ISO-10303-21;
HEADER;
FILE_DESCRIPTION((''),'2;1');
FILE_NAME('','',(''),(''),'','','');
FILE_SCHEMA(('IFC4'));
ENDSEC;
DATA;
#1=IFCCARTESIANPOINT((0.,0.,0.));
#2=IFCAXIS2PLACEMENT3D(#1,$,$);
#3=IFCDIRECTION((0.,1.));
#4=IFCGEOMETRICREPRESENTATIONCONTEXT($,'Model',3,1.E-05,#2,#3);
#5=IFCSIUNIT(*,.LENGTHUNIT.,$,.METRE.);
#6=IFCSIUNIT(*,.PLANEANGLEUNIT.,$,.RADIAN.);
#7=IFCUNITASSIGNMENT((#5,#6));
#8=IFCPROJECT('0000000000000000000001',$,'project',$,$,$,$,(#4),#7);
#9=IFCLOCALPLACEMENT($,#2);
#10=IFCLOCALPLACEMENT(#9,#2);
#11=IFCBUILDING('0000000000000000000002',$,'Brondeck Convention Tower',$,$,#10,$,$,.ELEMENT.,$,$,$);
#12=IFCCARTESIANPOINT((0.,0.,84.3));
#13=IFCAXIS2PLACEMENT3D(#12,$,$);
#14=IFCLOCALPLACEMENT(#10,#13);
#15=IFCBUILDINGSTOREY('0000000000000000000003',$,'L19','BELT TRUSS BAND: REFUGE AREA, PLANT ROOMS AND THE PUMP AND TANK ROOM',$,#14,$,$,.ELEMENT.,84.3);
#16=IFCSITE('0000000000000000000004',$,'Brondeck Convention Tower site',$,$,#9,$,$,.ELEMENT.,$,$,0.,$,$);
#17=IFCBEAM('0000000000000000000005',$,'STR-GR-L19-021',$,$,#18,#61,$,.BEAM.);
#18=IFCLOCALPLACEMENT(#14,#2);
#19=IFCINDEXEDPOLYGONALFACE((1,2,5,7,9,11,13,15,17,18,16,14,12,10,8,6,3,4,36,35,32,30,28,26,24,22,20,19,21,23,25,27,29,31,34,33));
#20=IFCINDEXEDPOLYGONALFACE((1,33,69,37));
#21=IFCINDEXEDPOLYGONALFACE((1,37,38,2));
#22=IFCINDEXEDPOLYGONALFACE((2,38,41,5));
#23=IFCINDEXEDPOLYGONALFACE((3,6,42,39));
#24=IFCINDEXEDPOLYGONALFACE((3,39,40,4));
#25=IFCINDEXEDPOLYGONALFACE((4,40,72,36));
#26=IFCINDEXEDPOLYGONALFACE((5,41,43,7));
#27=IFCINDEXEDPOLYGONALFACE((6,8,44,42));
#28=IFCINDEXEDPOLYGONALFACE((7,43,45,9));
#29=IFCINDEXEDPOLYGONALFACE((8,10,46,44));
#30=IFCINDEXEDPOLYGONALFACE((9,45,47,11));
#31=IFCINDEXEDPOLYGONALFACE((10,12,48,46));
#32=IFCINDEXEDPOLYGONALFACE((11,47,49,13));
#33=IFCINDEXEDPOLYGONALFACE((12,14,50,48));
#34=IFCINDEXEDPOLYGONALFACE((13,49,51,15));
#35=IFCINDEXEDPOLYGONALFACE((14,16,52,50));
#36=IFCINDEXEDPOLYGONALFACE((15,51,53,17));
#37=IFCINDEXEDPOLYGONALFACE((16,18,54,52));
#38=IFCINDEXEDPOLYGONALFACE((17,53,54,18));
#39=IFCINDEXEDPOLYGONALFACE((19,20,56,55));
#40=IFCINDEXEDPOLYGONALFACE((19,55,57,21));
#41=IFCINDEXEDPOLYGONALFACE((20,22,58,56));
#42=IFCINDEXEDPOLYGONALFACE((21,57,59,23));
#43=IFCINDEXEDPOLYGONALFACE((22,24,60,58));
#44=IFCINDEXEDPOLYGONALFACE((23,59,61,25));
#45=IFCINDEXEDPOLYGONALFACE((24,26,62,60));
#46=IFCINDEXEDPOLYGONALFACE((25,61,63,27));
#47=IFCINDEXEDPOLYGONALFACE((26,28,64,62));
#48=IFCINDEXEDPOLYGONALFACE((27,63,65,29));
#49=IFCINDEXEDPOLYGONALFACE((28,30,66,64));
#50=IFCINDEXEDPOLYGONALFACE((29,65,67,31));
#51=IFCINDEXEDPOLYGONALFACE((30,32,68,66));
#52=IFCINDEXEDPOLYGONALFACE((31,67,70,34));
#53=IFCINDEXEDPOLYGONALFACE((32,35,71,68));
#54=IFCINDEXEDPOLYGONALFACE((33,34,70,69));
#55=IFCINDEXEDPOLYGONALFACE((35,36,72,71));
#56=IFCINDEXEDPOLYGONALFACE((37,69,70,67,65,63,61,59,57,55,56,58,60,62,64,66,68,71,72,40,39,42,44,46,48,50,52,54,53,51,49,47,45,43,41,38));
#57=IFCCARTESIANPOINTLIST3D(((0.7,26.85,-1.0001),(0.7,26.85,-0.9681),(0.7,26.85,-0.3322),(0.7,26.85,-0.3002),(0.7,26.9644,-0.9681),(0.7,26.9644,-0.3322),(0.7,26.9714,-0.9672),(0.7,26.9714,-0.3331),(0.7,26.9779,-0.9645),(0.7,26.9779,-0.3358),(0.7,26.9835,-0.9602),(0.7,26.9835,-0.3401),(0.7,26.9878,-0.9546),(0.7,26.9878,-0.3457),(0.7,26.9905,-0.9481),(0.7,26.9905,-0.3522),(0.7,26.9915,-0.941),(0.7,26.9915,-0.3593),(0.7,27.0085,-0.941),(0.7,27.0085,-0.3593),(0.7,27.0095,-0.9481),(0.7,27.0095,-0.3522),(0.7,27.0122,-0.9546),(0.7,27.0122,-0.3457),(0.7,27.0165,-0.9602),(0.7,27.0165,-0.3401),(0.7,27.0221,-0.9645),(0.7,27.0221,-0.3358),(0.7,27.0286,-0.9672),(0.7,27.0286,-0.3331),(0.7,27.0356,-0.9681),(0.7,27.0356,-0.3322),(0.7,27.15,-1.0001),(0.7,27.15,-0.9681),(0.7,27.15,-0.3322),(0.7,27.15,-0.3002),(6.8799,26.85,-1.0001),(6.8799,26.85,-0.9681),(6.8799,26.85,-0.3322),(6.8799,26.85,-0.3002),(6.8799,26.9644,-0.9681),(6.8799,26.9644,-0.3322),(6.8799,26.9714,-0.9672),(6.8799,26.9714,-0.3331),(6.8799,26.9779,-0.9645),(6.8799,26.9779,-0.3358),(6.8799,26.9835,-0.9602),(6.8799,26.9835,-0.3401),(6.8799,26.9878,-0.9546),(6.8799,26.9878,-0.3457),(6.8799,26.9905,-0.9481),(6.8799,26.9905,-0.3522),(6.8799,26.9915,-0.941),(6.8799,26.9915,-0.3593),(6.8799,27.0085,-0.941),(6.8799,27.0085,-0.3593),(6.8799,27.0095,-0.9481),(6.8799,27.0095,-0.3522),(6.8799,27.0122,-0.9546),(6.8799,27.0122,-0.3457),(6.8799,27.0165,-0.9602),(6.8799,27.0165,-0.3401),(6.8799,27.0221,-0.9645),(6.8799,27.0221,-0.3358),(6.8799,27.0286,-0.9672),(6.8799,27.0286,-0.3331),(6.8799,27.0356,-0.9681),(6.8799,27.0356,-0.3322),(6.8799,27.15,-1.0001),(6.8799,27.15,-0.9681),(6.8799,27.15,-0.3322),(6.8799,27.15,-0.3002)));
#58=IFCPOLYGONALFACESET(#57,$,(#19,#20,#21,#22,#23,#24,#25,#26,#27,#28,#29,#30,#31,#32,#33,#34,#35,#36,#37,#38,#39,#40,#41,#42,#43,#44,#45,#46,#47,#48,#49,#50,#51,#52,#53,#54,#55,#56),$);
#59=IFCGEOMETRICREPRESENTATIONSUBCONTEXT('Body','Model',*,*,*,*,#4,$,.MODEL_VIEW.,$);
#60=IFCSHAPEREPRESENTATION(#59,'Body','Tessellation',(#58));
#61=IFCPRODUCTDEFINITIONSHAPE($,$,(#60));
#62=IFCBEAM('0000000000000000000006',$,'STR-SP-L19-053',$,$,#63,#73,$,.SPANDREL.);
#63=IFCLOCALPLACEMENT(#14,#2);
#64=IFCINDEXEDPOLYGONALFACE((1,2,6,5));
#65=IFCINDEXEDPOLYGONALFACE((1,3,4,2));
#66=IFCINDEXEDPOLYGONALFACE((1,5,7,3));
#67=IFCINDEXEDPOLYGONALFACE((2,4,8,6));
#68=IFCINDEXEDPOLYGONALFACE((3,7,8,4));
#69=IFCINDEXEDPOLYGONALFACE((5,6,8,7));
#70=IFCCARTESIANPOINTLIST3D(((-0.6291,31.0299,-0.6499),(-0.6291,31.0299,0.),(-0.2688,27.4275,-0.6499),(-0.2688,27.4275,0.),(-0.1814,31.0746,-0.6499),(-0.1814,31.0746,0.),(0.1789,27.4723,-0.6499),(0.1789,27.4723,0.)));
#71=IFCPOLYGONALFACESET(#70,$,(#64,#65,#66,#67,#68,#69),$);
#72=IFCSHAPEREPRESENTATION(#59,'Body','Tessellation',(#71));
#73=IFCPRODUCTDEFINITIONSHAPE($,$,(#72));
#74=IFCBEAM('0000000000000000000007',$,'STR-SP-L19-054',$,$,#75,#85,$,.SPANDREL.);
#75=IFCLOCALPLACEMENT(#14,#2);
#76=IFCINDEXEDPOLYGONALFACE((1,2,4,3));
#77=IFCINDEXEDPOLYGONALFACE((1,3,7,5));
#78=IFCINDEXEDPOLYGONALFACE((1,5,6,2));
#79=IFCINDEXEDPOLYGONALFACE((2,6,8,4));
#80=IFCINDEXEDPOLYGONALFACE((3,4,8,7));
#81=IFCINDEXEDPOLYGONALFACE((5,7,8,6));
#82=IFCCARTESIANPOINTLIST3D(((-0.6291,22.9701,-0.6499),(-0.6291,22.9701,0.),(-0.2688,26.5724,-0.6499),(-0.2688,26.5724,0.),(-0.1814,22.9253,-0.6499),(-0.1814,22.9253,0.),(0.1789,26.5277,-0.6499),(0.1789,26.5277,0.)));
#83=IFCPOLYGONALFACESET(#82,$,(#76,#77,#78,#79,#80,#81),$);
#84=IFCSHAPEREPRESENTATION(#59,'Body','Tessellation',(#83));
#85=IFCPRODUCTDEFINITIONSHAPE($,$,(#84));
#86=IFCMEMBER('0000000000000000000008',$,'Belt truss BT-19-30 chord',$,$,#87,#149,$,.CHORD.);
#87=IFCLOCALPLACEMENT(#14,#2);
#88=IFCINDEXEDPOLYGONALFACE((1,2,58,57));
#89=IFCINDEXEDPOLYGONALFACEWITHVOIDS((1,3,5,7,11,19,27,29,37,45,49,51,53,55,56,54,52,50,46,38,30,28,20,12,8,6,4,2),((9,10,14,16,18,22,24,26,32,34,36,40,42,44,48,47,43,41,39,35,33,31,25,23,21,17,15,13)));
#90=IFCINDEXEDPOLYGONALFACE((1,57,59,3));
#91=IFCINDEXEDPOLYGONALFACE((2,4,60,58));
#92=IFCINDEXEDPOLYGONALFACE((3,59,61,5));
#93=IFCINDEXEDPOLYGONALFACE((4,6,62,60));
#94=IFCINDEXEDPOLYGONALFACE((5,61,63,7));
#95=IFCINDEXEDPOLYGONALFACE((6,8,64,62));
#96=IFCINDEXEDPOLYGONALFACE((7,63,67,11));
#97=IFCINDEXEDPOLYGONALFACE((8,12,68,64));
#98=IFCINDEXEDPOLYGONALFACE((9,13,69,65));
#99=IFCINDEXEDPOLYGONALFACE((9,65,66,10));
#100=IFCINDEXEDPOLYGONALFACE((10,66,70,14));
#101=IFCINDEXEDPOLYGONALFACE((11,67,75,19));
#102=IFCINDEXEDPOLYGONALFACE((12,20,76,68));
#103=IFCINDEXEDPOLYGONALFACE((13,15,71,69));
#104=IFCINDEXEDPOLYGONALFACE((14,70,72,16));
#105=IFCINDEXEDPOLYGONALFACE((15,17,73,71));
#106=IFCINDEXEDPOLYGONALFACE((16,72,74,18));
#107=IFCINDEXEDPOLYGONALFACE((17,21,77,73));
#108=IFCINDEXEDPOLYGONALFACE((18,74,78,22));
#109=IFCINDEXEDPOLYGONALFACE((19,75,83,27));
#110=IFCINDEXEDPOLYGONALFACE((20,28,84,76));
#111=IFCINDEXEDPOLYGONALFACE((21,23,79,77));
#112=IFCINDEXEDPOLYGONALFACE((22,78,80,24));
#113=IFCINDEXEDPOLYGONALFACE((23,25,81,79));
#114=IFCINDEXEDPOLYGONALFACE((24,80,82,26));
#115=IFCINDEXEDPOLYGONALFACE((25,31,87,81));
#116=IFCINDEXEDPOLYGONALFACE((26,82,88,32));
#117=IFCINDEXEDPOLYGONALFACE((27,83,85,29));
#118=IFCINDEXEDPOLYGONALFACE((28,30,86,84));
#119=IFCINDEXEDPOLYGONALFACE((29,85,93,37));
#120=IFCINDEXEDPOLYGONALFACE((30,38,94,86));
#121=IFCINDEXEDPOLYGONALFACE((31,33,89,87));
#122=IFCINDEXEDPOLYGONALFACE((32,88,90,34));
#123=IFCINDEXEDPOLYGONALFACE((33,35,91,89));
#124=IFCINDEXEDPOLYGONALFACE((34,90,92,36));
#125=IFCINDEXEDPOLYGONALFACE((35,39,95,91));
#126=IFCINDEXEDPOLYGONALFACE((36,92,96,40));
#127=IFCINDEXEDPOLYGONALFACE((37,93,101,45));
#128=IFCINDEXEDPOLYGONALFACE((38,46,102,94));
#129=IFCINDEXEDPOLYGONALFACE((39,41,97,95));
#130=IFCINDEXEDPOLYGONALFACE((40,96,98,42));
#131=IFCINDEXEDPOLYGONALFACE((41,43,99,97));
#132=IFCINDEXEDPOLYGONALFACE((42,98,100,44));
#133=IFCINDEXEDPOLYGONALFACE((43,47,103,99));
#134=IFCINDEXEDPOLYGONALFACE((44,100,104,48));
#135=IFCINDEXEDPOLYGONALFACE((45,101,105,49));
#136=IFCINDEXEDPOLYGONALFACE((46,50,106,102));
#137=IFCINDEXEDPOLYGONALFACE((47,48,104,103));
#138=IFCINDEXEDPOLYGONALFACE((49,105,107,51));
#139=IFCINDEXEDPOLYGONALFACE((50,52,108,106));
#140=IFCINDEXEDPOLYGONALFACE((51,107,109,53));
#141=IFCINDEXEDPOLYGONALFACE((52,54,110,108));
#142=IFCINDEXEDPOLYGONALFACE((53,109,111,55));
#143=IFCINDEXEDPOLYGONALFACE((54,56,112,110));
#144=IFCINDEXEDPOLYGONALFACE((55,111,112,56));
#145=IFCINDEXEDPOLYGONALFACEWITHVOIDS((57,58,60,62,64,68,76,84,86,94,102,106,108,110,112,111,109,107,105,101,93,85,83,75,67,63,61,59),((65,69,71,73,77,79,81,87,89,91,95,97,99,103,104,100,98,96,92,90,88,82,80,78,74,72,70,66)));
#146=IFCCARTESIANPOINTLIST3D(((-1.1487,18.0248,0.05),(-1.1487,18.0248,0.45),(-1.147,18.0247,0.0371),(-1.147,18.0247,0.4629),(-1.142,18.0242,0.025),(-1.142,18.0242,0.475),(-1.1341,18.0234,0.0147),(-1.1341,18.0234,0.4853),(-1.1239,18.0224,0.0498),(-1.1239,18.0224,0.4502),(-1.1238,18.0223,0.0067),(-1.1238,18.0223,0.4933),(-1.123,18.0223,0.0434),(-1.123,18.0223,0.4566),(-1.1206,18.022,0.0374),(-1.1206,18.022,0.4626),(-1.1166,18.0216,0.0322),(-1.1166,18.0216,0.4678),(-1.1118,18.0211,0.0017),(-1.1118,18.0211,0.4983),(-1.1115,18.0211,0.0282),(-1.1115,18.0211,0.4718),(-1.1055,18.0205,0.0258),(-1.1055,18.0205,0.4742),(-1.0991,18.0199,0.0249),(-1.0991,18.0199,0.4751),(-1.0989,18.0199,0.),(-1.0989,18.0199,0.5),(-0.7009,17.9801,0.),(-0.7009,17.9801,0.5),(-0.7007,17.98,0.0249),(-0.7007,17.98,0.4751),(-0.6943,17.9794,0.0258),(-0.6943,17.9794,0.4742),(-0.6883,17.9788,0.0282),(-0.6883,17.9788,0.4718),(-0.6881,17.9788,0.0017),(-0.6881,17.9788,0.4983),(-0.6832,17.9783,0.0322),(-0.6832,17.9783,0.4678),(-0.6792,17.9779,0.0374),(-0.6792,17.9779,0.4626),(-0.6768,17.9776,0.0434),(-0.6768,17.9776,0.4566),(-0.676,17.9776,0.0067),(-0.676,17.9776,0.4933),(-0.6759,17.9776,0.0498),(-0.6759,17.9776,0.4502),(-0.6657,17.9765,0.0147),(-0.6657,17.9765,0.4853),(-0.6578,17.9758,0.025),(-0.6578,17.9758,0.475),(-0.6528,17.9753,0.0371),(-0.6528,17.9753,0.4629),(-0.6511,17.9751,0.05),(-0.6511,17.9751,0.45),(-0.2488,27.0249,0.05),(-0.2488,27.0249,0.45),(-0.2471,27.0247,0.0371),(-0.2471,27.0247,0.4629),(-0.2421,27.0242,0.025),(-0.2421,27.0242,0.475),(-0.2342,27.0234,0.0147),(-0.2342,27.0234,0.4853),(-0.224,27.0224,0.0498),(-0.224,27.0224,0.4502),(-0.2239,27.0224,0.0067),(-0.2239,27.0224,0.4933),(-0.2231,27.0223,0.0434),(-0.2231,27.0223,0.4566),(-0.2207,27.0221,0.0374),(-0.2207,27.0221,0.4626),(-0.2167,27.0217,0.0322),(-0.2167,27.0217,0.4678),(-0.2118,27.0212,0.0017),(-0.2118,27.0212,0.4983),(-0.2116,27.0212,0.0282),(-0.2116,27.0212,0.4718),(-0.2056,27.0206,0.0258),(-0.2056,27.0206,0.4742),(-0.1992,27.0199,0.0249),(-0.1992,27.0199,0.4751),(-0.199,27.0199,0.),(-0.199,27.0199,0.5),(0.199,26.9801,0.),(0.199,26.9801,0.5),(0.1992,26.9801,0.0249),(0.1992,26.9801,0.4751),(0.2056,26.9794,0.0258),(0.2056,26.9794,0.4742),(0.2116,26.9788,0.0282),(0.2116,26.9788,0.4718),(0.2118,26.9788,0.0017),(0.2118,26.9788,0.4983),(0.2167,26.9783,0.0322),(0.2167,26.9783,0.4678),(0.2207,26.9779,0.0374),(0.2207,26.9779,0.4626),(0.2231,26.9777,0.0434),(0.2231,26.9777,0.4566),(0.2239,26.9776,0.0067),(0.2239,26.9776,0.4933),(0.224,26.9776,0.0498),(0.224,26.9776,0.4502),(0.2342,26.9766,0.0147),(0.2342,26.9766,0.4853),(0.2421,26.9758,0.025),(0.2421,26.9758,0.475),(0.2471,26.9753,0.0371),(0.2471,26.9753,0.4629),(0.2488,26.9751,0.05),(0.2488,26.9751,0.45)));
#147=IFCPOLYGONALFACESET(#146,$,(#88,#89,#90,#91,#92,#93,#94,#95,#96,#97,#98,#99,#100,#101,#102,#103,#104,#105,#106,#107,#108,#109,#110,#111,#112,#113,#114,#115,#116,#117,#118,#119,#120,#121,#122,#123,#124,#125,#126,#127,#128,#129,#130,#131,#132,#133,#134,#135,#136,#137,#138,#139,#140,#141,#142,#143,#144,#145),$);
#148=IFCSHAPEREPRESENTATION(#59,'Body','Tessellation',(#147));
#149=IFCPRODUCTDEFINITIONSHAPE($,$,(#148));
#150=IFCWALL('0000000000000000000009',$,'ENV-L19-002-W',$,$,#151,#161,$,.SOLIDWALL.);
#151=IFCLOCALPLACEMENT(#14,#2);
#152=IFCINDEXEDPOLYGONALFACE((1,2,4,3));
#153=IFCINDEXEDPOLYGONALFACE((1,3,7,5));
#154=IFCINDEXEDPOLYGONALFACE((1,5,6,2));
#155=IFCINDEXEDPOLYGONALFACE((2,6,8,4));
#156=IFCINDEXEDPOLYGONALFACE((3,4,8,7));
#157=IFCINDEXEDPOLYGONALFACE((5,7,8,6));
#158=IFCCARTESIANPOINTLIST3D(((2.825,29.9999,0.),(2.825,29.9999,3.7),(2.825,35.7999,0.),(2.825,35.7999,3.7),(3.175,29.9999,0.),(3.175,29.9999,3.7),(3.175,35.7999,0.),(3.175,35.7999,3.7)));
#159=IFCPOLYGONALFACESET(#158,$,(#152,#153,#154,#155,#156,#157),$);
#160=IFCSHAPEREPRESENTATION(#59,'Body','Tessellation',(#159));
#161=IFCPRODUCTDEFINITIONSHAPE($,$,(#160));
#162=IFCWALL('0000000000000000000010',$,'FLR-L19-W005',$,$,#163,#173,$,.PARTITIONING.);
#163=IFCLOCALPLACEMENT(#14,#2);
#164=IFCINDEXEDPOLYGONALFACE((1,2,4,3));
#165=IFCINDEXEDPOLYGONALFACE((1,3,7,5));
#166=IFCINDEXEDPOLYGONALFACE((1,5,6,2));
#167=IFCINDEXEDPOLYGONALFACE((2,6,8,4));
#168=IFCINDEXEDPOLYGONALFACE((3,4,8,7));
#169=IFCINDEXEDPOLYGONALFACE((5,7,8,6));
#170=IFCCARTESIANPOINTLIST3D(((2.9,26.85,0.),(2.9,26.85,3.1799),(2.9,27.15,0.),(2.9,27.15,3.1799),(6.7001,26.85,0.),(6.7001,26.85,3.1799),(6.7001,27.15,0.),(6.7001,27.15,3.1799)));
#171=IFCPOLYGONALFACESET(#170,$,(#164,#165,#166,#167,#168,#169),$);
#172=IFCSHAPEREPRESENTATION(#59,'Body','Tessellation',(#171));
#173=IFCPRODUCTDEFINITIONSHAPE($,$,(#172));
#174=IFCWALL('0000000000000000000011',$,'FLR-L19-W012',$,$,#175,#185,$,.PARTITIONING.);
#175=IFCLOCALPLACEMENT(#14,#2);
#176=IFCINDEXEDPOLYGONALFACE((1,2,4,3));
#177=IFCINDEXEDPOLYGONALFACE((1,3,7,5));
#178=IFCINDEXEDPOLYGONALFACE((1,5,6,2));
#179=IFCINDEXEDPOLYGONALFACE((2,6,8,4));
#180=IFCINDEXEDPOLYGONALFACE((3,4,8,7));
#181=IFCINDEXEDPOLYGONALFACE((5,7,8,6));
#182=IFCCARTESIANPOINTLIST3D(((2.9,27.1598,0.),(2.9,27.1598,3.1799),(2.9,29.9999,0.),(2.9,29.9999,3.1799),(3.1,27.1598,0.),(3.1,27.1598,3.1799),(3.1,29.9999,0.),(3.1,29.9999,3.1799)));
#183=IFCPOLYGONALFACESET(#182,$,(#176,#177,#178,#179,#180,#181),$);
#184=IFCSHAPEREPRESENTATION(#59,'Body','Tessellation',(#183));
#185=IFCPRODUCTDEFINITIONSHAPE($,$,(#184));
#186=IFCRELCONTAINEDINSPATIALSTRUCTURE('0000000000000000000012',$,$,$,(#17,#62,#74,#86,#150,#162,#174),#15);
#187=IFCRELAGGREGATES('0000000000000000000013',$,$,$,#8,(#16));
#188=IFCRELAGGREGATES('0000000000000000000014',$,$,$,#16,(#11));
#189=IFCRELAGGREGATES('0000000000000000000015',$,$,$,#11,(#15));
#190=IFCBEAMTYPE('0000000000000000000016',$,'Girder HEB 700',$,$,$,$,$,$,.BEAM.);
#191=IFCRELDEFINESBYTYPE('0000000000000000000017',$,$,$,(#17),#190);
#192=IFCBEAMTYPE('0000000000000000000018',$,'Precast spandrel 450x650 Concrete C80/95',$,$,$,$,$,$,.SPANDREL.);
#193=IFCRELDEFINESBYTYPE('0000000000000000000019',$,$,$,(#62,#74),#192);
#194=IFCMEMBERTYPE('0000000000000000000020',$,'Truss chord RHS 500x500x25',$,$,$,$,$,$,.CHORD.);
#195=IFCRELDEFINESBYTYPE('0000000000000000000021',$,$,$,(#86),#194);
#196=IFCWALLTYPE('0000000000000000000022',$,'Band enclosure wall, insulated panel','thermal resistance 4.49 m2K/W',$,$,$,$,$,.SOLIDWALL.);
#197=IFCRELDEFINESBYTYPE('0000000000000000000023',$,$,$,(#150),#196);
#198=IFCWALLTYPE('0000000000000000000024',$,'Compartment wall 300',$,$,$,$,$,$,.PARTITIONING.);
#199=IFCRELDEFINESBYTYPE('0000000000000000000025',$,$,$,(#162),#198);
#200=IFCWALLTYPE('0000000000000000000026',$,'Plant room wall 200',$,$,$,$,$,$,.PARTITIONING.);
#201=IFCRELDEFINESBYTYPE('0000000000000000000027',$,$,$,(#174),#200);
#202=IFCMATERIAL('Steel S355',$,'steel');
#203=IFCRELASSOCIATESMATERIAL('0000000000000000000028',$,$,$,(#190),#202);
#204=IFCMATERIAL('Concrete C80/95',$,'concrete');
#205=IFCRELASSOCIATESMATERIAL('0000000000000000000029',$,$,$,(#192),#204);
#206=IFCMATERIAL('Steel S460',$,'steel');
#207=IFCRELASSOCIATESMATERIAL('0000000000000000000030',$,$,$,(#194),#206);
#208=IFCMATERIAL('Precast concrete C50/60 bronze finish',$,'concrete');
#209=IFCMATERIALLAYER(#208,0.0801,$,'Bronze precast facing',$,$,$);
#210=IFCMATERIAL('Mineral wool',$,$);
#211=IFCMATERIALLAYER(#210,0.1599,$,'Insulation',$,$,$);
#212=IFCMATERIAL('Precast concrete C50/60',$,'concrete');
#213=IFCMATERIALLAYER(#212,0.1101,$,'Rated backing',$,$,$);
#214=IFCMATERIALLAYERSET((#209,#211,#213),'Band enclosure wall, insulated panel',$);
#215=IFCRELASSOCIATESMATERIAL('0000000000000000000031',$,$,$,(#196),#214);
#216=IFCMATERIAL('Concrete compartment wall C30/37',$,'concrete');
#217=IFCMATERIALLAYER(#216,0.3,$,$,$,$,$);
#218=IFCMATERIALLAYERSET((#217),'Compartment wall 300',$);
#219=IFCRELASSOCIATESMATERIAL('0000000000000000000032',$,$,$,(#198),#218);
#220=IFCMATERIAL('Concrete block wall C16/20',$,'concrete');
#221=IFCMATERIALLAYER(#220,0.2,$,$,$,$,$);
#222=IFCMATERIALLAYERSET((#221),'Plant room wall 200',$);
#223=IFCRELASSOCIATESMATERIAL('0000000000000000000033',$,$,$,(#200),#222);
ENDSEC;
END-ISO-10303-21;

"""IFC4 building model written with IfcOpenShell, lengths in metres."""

from ifc_helpers import new_model, si_unit, direction, frame, frame_2d, origin, origin_2d, place, context, subcontext, project, spatial, rectangle, hollow_rectangle, i_section, extrude, material, layer, layer_set, material_profile, profile_set, type_object, element, save


model = new_model("IFC4")

# Units and contexts
model_context = context("Model", 3, precision=1e-05, world=origin(), true_north=direction((0.0, 1.0)))
body_context = subcontext(model_context, "Body", "Model", "MODEL_VIEW")
ifc_project = project(units=[si_unit("LENGTHUNIT", "METRE"), si_unit("PLANEANGLEUNIT", "RADIAN")], contexts=[model_context])

# Site, building, storey
site_placement = place(None, origin())
site = spatial("IfcSite", under=ifc_project, at=site_placement, Name="Brondeck Convention Tower site", CompositionType="ELEMENT", RefElevation=0.0)
building_placement = place(site_placement, origin())
building = spatial("IfcBuilding", under=site, at=building_placement, Name="Brondeck Convention Tower", CompositionType="ELEMENT")
storey_placement = place(building_placement, frame((0.0, 0.0, 84.3)))
storey = spatial("IfcBuildingStorey", under=building, at=storey_placement, Name="L19", Description="BELT TRUSS BAND: REFUGE AREA, PLANT ROOMS AND THE PUMP AND TANK ROOM", CompositionType="ELEMENT", Elevation=84.3)

# Shared definitions
ifc_material_1 = material(Name="Concrete C80/95", Category="concrete")

# Shared definitions
ifc_material_2 = material(Name="Steel S460", Category="steel")

# Beams
ifc_material_3 = material(Name="Steel S355", Category="steel")
ifc_material_profile_1 = material_profile(ifc_material_3, i_section(OverallWidth=0.3, OverallDepth=0.7, WebThickness=0.0171, FlangeThickness=0.032, FilletRadius=0.0271, at=origin_2d()), Name="HEB 700")
ifc_profile_set_1 = profile_set([ifc_material_profile_1], Name="Steel S355")
beam_type_1 = type_object("IfcBeamType", Name="Girder HEB 700", PredefinedType="BEAM", material=ifc_profile_set_1)
beam_placement = place(storey_placement, frame((0.7, 27.0, -0.6501), z_axis=(1.0, 0.0, 0.0), x_axis=(0.0, 1.0, 0.0)))
element("IfcBeam", 1, at=beam_placement, inside=storey, type_object=beam_type_1, Name="STR-GR-L19-021", PredefinedType="BEAM", context=body_context, shape_type="SweptSolid", body=[
    extrude(i_section(OverallWidth=0.3, OverallDepth=0.7, WebThickness=0.0171, FlangeThickness=0.032, FilletRadius=0.0271, at=origin_2d()), origin(), (0.0, 0.0, 1.0), 6.1799),
])
ifc_material_profile_2 = material_profile(ifc_material_1, rectangle(XDim=0.45, YDim=0.6499, at=origin_2d()), Name="Precast spandrel 450x650 Concrete C80/95")
ifc_profile_set_2 = profile_set([ifc_material_profile_2], Name="Concrete C80/95")
beam_type_2 = type_object("IfcBeamType", Name="Precast spandrel 450x650 Concrete C80/95", PredefinedType="SPANDREL", material=ifc_profile_set_2)
for number, where, z_axis, x_axis, name in (
    (2, (-0.4053, 31.0522, -0.325), (0.099537, -0.995034, 0.0), (0.995034, 0.099537, 0.0), "STR-SP-L19-053"),
    (3, (-0.0449, 26.55, -0.325), (-0.099537, -0.995034, 0.0), (0.995034, -0.099537, 0.0), "STR-SP-L19-054"),
):
    element("IfcBeam", number, at=place(storey_placement, frame(where, z_axis=z_axis, x_axis=x_axis)), inside=storey, type_object=beam_type_2, Name=name, PredefinedType="SPANDREL", context=body_context, shape_type="SweptSolid", body=[
        extrude(rectangle(XDim=0.45, YDim=0.6499, at=origin_2d()), origin(), (0.0, 0.0, 1.0), 3.6204),
    ])

# Member
ifc_material_profile_3 = material_profile(ifc_material_2, hollow_rectangle(XDim=0.5, YDim=0.5, WallThickness=0.0249, InnerFilletRadius=0.0249, OuterFilletRadius=0.05, at=origin_2d()), Name="RHS 500x500x25")
ifc_profile_set_3 = profile_set([ifc_material_profile_3], Name="Steel S460")
member_type_1 = type_object("IfcMemberType", Name="Truss chord RHS 500x500x25", PredefinedType="CHORD", material=ifc_profile_set_3)
member_placement = place(storey_placement, frame((0.0, 27.0, 0.25), z_axis=(-0.099493, -0.995038, 0.0), x_axis=(0.995038, -0.099493, 0.0)))
element("IfcMember", 4, at=member_placement, inside=storey, type_object=member_type_1, Name="Belt truss BT-19-30 chord", PredefinedType="CHORD", context=body_context, shape_type="SweptSolid", body=[
    extrude(hollow_rectangle(XDim=0.5, YDim=0.5, WallThickness=0.0249, InnerFilletRadius=0.0249, OuterFilletRadius=0.05, at=origin_2d()), origin(), (0.0, 0.0, 1.0), 9.0449),
])

# Walls
ifc_material_4 = material(Name="Precast concrete C50/60 bronze finish", Category="concrete")
ifc_layer_1 = layer(ifc_material_4, 0.0801, Name="Bronze precast facing")
ifc_material_5 = material(Name="Mineral wool")
ifc_layer_2 = layer(ifc_material_5, 0.1599, Name="Insulation")
ifc_material_6 = material(Name="Precast concrete C50/60", Category="concrete")
ifc_layer_3 = layer(ifc_material_6, 0.1101, Name="Rated backing")
ifc_layer_set_1 = layer_set([ifc_layer_1, ifc_layer_2, ifc_layer_3], Name="Band enclosure wall, insulated panel")
wall_type_1 = type_object("IfcWallType", Name="Band enclosure wall, insulated panel", Description="thermal resistance 4.49 m2K/W", PredefinedType="SOLIDWALL", material=ifc_layer_set_1)
wall_1_placement = place(storey_placement, frame((3.0, 30.0, 0.0), z_axis=(0.0, 0.0, 1.0), x_axis=(0.0, 1.0, 0.0)))
element("IfcWall", 5, at=wall_1_placement, inside=storey, type_object=wall_type_1, Name="ENV-L19-002-W", PredefinedType="SOLIDWALL", context=body_context, shape_type="SweptSolid", body=[
    extrude(rectangle(XDim=5.8, YDim=0.3501, at=frame_2d((2.8999, 0.0))), origin(), (0.0, 0.0, 1.0), 3.7),
])
ifc_material_7 = material(Name="Concrete compartment wall C30/37", Category="concrete")
ifc_layer_4 = layer(ifc_material_7, 0.3)
ifc_layer_set_2 = layer_set([ifc_layer_4], Name="Compartment wall 300")
wall_type_2 = type_object("IfcWallType", Name="Compartment wall 300", PredefinedType="PARTITIONING", material=ifc_layer_set_2)
wall_2_placement = place(storey_placement, frame((6.7, 27.0, 0.0), z_axis=(0.0, 0.0, 1.0), x_axis=(-1.0, 0.0, 0.0)))
element("IfcWall", 6, at=wall_2_placement, inside=storey, type_object=wall_type_2, Name="FLR-L19-W005", PredefinedType="PARTITIONING", context=body_context, shape_type="SweptSolid", body=[
    extrude(rectangle(XDim=3.8, YDim=0.3, at=frame_2d((1.8999, 0.0))), origin(), (0.0, 0.0, 1.0), 3.1799),
])
ifc_material_8 = material(Name="Concrete block wall C16/20", Category="concrete")
ifc_layer_5 = layer(ifc_material_8, 0.2)
ifc_layer_set_3 = layer_set([ifc_layer_5], Name="Plant room wall 200")
wall_type_3 = type_object("IfcWallType", Name="Plant room wall 200", PredefinedType="PARTITIONING", material=ifc_layer_set_3)
wall_3_placement = place(storey_placement, frame((3.0, 27.1599, 0.0), z_axis=(0.0, 0.0, 1.0), x_axis=(0.0, 1.0, 0.0)))
element("IfcWall", 7, at=wall_3_placement, inside=storey, type_object=wall_type_3, Name="FLR-L19-W012", PredefinedType="PARTITIONING", context=body_context, shape_type="SweptSolid", body=[
    extrude(rectangle(XDim=2.8401, YDim=0.2, at=frame_2d((1.4199, 0.0))), origin(), (0.0, 0.0, 1.0), 3.1799),
])

save(model, "model.ifc")
